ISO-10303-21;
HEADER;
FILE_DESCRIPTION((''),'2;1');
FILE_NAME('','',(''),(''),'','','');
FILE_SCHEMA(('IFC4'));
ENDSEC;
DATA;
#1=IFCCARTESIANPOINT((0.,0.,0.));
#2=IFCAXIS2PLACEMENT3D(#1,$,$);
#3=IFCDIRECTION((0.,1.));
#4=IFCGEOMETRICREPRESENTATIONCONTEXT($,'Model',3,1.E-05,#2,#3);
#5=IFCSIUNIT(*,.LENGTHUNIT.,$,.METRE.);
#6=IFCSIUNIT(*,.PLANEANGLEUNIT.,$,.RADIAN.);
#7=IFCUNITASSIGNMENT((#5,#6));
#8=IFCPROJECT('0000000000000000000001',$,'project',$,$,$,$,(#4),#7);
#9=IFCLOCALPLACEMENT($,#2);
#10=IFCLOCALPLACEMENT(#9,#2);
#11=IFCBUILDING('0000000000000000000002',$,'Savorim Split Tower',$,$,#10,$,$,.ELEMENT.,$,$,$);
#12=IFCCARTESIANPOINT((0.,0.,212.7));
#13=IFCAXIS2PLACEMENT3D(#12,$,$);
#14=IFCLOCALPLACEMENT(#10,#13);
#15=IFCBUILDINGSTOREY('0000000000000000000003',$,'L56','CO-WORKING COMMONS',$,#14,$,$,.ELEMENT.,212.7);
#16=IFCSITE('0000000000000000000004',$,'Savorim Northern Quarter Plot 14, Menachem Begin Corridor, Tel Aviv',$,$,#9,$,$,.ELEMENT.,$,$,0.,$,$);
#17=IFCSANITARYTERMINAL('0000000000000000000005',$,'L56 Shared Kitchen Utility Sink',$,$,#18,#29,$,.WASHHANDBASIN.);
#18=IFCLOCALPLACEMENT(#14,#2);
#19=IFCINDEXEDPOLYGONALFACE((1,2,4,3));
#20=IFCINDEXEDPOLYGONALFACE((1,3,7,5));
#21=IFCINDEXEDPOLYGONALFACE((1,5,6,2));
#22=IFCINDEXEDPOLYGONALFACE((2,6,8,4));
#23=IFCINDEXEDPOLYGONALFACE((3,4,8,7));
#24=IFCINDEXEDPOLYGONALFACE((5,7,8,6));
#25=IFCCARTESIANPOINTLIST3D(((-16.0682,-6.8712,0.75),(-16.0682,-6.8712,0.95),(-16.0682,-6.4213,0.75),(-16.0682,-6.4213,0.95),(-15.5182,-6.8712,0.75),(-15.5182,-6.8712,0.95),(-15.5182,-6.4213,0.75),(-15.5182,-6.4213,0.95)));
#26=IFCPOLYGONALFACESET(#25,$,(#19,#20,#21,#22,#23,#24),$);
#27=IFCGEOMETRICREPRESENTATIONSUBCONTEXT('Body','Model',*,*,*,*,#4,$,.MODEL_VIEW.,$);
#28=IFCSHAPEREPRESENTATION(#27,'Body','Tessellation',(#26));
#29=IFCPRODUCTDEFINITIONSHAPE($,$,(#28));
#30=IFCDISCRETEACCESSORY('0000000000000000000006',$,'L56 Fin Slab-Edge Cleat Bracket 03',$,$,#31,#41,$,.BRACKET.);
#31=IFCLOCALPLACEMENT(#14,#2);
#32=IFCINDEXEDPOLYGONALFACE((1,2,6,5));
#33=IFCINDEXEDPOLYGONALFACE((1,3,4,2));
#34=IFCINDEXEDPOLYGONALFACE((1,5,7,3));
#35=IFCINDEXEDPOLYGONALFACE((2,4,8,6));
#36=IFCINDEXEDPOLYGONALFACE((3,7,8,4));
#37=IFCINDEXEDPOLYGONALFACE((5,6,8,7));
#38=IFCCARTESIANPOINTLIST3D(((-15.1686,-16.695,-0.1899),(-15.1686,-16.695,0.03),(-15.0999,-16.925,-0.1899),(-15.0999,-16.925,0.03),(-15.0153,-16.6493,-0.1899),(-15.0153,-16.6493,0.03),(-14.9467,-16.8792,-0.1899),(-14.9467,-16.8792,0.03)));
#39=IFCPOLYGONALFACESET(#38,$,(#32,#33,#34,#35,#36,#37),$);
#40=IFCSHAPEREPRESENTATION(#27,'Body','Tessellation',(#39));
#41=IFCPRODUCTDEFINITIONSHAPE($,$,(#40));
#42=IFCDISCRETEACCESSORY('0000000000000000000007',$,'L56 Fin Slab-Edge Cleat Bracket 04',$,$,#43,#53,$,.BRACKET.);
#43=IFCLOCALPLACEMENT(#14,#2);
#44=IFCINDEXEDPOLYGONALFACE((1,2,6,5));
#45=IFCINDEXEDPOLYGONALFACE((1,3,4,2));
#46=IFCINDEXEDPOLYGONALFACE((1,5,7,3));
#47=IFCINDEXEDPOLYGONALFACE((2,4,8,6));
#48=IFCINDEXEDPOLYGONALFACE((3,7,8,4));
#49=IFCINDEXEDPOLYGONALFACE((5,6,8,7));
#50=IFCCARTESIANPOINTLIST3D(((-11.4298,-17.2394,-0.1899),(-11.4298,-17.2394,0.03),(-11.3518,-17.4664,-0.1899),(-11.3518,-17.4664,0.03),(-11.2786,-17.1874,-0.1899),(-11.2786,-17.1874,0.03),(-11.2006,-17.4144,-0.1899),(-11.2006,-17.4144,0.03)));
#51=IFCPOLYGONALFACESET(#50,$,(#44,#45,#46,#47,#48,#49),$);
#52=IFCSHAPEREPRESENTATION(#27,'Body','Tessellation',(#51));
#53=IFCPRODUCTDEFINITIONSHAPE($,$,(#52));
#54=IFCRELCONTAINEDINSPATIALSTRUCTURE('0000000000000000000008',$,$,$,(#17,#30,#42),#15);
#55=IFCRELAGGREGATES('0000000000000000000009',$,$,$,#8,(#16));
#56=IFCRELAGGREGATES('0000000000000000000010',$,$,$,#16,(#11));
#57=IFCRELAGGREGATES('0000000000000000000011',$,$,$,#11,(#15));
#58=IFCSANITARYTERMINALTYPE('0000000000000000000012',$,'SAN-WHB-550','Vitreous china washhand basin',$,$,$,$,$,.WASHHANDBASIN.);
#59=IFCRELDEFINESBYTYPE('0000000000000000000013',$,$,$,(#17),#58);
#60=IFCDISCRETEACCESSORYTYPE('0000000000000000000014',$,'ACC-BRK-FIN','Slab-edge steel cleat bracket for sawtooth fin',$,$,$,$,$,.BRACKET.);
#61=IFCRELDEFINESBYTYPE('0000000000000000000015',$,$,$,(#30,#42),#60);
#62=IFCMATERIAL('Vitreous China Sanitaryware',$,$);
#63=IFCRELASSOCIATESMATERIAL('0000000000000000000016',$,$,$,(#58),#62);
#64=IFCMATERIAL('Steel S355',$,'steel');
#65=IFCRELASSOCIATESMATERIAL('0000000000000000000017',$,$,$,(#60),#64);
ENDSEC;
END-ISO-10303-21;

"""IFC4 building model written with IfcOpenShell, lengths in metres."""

from ifc_helpers import new_model, si_unit, direction, frame, origin, origin_2d, place, context, subcontext, project, spatial, rectangle, extrude, material, type_object, element, save


model = new_model("IFC4")

# Units and contexts
model_context = context("Model", 3, precision=1e-05, world=origin(), true_north=direction((0.0, 1.0)))
body_context = subcontext(model_context, "Body", "Model", "MODEL_VIEW")
ifc_project = project(units=[si_unit("LENGTHUNIT", "METRE"), si_unit("PLANEANGLEUNIT", "RADIAN")], contexts=[model_context])

# Site, building, storey
site_placement = place(None, origin())
site = spatial("IfcSite", under=ifc_project, at=site_placement, Name="Savorim Northern Quarter Plot 14, Menachem Begin Corridor, Tel Aviv", CompositionType="ELEMENT", RefElevation=0.0)
building_placement = place(site_placement, origin())
building = spatial("IfcBuilding", under=site, at=building_placement, Name="Savorim Split Tower", CompositionType="ELEMENT")
storey_placement = place(building_placement, frame((0.0, 0.0, 212.7)))
storey = spatial("IfcBuildingStorey", under=building, at=storey_placement, Name="L56", Description="CO-WORKING COMMONS", CompositionType="ELEMENT", Elevation=212.7)

# Shared definitions
ifc_material_1 = material(Name="Steel S355", Category="steel")

# Sanitary terminal
ifc_material_2 = material(Name="Vitreous China Sanitaryware")
sanitary_terminal_type = type_object("IfcSanitaryTerminalType", Name="SAN-WHB-550", Description="Vitreous china washhand basin", PredefinedType="WASHHANDBASIN", material=ifc_material_2)
sanitary_terminal_placement = place(storey_placement, frame((-15.7932, -6.6462, 0.75), z_axis=(0.0, 0.0, 1.0), x_axis=(1.0, 0.0, 0.0)))
element("IfcSanitaryTerminal", 1, at=sanitary_terminal_placement, inside=storey, type_object=sanitary_terminal_type, Name="L56 Shared Kitchen Utility Sink", PredefinedType="WASHHANDBASIN", context=body_context, shape_type="SweptSolid", body=[
    extrude(rectangle(XDim=0.55, YDim=0.45, at=origin_2d()), origin(), (0.0, 0.0, 1.0), 0.2),
])

# Discrete accessories
discrete_accessory_type = type_object("IfcDiscreteAccessoryType", Name="ACC-BRK-FIN", Description="Slab-edge steel cleat bracket for sawtooth fin", PredefinedType="BRACKET", material=ifc_material_1)
for number, where, z_axis, x_axis, name in (
    (2, (-15.0576, -16.7871, -0.1899), (0.0, 0.0, 1.0), (0.286026, -0.958222, 0.0), "L56 Fin Slab-Edge Cleat Bracket 03"),
    (3, (-11.3152, -17.3269, -0.1899), (0.0, 0.0, 1.0), (0.324994, -0.945716, 0.0), "L56 Fin Slab-Edge Cleat Bracket 04"),
):
    element("IfcDiscreteAccessory", number, at=place(storey_placement, frame(where, z_axis=z_axis, x_axis=x_axis)), inside=storey, type_object=discrete_accessory_type, Name=name, PredefinedType="BRACKET", context=body_context, shape_type="SweptSolid", body=[
        extrude(rectangle(XDim=0.24, YDim=0.1599, at=origin_2d()), origin(), (0.0, 0.0, 1.0), 0.22),
    ])

save(model, "model.ifc")
